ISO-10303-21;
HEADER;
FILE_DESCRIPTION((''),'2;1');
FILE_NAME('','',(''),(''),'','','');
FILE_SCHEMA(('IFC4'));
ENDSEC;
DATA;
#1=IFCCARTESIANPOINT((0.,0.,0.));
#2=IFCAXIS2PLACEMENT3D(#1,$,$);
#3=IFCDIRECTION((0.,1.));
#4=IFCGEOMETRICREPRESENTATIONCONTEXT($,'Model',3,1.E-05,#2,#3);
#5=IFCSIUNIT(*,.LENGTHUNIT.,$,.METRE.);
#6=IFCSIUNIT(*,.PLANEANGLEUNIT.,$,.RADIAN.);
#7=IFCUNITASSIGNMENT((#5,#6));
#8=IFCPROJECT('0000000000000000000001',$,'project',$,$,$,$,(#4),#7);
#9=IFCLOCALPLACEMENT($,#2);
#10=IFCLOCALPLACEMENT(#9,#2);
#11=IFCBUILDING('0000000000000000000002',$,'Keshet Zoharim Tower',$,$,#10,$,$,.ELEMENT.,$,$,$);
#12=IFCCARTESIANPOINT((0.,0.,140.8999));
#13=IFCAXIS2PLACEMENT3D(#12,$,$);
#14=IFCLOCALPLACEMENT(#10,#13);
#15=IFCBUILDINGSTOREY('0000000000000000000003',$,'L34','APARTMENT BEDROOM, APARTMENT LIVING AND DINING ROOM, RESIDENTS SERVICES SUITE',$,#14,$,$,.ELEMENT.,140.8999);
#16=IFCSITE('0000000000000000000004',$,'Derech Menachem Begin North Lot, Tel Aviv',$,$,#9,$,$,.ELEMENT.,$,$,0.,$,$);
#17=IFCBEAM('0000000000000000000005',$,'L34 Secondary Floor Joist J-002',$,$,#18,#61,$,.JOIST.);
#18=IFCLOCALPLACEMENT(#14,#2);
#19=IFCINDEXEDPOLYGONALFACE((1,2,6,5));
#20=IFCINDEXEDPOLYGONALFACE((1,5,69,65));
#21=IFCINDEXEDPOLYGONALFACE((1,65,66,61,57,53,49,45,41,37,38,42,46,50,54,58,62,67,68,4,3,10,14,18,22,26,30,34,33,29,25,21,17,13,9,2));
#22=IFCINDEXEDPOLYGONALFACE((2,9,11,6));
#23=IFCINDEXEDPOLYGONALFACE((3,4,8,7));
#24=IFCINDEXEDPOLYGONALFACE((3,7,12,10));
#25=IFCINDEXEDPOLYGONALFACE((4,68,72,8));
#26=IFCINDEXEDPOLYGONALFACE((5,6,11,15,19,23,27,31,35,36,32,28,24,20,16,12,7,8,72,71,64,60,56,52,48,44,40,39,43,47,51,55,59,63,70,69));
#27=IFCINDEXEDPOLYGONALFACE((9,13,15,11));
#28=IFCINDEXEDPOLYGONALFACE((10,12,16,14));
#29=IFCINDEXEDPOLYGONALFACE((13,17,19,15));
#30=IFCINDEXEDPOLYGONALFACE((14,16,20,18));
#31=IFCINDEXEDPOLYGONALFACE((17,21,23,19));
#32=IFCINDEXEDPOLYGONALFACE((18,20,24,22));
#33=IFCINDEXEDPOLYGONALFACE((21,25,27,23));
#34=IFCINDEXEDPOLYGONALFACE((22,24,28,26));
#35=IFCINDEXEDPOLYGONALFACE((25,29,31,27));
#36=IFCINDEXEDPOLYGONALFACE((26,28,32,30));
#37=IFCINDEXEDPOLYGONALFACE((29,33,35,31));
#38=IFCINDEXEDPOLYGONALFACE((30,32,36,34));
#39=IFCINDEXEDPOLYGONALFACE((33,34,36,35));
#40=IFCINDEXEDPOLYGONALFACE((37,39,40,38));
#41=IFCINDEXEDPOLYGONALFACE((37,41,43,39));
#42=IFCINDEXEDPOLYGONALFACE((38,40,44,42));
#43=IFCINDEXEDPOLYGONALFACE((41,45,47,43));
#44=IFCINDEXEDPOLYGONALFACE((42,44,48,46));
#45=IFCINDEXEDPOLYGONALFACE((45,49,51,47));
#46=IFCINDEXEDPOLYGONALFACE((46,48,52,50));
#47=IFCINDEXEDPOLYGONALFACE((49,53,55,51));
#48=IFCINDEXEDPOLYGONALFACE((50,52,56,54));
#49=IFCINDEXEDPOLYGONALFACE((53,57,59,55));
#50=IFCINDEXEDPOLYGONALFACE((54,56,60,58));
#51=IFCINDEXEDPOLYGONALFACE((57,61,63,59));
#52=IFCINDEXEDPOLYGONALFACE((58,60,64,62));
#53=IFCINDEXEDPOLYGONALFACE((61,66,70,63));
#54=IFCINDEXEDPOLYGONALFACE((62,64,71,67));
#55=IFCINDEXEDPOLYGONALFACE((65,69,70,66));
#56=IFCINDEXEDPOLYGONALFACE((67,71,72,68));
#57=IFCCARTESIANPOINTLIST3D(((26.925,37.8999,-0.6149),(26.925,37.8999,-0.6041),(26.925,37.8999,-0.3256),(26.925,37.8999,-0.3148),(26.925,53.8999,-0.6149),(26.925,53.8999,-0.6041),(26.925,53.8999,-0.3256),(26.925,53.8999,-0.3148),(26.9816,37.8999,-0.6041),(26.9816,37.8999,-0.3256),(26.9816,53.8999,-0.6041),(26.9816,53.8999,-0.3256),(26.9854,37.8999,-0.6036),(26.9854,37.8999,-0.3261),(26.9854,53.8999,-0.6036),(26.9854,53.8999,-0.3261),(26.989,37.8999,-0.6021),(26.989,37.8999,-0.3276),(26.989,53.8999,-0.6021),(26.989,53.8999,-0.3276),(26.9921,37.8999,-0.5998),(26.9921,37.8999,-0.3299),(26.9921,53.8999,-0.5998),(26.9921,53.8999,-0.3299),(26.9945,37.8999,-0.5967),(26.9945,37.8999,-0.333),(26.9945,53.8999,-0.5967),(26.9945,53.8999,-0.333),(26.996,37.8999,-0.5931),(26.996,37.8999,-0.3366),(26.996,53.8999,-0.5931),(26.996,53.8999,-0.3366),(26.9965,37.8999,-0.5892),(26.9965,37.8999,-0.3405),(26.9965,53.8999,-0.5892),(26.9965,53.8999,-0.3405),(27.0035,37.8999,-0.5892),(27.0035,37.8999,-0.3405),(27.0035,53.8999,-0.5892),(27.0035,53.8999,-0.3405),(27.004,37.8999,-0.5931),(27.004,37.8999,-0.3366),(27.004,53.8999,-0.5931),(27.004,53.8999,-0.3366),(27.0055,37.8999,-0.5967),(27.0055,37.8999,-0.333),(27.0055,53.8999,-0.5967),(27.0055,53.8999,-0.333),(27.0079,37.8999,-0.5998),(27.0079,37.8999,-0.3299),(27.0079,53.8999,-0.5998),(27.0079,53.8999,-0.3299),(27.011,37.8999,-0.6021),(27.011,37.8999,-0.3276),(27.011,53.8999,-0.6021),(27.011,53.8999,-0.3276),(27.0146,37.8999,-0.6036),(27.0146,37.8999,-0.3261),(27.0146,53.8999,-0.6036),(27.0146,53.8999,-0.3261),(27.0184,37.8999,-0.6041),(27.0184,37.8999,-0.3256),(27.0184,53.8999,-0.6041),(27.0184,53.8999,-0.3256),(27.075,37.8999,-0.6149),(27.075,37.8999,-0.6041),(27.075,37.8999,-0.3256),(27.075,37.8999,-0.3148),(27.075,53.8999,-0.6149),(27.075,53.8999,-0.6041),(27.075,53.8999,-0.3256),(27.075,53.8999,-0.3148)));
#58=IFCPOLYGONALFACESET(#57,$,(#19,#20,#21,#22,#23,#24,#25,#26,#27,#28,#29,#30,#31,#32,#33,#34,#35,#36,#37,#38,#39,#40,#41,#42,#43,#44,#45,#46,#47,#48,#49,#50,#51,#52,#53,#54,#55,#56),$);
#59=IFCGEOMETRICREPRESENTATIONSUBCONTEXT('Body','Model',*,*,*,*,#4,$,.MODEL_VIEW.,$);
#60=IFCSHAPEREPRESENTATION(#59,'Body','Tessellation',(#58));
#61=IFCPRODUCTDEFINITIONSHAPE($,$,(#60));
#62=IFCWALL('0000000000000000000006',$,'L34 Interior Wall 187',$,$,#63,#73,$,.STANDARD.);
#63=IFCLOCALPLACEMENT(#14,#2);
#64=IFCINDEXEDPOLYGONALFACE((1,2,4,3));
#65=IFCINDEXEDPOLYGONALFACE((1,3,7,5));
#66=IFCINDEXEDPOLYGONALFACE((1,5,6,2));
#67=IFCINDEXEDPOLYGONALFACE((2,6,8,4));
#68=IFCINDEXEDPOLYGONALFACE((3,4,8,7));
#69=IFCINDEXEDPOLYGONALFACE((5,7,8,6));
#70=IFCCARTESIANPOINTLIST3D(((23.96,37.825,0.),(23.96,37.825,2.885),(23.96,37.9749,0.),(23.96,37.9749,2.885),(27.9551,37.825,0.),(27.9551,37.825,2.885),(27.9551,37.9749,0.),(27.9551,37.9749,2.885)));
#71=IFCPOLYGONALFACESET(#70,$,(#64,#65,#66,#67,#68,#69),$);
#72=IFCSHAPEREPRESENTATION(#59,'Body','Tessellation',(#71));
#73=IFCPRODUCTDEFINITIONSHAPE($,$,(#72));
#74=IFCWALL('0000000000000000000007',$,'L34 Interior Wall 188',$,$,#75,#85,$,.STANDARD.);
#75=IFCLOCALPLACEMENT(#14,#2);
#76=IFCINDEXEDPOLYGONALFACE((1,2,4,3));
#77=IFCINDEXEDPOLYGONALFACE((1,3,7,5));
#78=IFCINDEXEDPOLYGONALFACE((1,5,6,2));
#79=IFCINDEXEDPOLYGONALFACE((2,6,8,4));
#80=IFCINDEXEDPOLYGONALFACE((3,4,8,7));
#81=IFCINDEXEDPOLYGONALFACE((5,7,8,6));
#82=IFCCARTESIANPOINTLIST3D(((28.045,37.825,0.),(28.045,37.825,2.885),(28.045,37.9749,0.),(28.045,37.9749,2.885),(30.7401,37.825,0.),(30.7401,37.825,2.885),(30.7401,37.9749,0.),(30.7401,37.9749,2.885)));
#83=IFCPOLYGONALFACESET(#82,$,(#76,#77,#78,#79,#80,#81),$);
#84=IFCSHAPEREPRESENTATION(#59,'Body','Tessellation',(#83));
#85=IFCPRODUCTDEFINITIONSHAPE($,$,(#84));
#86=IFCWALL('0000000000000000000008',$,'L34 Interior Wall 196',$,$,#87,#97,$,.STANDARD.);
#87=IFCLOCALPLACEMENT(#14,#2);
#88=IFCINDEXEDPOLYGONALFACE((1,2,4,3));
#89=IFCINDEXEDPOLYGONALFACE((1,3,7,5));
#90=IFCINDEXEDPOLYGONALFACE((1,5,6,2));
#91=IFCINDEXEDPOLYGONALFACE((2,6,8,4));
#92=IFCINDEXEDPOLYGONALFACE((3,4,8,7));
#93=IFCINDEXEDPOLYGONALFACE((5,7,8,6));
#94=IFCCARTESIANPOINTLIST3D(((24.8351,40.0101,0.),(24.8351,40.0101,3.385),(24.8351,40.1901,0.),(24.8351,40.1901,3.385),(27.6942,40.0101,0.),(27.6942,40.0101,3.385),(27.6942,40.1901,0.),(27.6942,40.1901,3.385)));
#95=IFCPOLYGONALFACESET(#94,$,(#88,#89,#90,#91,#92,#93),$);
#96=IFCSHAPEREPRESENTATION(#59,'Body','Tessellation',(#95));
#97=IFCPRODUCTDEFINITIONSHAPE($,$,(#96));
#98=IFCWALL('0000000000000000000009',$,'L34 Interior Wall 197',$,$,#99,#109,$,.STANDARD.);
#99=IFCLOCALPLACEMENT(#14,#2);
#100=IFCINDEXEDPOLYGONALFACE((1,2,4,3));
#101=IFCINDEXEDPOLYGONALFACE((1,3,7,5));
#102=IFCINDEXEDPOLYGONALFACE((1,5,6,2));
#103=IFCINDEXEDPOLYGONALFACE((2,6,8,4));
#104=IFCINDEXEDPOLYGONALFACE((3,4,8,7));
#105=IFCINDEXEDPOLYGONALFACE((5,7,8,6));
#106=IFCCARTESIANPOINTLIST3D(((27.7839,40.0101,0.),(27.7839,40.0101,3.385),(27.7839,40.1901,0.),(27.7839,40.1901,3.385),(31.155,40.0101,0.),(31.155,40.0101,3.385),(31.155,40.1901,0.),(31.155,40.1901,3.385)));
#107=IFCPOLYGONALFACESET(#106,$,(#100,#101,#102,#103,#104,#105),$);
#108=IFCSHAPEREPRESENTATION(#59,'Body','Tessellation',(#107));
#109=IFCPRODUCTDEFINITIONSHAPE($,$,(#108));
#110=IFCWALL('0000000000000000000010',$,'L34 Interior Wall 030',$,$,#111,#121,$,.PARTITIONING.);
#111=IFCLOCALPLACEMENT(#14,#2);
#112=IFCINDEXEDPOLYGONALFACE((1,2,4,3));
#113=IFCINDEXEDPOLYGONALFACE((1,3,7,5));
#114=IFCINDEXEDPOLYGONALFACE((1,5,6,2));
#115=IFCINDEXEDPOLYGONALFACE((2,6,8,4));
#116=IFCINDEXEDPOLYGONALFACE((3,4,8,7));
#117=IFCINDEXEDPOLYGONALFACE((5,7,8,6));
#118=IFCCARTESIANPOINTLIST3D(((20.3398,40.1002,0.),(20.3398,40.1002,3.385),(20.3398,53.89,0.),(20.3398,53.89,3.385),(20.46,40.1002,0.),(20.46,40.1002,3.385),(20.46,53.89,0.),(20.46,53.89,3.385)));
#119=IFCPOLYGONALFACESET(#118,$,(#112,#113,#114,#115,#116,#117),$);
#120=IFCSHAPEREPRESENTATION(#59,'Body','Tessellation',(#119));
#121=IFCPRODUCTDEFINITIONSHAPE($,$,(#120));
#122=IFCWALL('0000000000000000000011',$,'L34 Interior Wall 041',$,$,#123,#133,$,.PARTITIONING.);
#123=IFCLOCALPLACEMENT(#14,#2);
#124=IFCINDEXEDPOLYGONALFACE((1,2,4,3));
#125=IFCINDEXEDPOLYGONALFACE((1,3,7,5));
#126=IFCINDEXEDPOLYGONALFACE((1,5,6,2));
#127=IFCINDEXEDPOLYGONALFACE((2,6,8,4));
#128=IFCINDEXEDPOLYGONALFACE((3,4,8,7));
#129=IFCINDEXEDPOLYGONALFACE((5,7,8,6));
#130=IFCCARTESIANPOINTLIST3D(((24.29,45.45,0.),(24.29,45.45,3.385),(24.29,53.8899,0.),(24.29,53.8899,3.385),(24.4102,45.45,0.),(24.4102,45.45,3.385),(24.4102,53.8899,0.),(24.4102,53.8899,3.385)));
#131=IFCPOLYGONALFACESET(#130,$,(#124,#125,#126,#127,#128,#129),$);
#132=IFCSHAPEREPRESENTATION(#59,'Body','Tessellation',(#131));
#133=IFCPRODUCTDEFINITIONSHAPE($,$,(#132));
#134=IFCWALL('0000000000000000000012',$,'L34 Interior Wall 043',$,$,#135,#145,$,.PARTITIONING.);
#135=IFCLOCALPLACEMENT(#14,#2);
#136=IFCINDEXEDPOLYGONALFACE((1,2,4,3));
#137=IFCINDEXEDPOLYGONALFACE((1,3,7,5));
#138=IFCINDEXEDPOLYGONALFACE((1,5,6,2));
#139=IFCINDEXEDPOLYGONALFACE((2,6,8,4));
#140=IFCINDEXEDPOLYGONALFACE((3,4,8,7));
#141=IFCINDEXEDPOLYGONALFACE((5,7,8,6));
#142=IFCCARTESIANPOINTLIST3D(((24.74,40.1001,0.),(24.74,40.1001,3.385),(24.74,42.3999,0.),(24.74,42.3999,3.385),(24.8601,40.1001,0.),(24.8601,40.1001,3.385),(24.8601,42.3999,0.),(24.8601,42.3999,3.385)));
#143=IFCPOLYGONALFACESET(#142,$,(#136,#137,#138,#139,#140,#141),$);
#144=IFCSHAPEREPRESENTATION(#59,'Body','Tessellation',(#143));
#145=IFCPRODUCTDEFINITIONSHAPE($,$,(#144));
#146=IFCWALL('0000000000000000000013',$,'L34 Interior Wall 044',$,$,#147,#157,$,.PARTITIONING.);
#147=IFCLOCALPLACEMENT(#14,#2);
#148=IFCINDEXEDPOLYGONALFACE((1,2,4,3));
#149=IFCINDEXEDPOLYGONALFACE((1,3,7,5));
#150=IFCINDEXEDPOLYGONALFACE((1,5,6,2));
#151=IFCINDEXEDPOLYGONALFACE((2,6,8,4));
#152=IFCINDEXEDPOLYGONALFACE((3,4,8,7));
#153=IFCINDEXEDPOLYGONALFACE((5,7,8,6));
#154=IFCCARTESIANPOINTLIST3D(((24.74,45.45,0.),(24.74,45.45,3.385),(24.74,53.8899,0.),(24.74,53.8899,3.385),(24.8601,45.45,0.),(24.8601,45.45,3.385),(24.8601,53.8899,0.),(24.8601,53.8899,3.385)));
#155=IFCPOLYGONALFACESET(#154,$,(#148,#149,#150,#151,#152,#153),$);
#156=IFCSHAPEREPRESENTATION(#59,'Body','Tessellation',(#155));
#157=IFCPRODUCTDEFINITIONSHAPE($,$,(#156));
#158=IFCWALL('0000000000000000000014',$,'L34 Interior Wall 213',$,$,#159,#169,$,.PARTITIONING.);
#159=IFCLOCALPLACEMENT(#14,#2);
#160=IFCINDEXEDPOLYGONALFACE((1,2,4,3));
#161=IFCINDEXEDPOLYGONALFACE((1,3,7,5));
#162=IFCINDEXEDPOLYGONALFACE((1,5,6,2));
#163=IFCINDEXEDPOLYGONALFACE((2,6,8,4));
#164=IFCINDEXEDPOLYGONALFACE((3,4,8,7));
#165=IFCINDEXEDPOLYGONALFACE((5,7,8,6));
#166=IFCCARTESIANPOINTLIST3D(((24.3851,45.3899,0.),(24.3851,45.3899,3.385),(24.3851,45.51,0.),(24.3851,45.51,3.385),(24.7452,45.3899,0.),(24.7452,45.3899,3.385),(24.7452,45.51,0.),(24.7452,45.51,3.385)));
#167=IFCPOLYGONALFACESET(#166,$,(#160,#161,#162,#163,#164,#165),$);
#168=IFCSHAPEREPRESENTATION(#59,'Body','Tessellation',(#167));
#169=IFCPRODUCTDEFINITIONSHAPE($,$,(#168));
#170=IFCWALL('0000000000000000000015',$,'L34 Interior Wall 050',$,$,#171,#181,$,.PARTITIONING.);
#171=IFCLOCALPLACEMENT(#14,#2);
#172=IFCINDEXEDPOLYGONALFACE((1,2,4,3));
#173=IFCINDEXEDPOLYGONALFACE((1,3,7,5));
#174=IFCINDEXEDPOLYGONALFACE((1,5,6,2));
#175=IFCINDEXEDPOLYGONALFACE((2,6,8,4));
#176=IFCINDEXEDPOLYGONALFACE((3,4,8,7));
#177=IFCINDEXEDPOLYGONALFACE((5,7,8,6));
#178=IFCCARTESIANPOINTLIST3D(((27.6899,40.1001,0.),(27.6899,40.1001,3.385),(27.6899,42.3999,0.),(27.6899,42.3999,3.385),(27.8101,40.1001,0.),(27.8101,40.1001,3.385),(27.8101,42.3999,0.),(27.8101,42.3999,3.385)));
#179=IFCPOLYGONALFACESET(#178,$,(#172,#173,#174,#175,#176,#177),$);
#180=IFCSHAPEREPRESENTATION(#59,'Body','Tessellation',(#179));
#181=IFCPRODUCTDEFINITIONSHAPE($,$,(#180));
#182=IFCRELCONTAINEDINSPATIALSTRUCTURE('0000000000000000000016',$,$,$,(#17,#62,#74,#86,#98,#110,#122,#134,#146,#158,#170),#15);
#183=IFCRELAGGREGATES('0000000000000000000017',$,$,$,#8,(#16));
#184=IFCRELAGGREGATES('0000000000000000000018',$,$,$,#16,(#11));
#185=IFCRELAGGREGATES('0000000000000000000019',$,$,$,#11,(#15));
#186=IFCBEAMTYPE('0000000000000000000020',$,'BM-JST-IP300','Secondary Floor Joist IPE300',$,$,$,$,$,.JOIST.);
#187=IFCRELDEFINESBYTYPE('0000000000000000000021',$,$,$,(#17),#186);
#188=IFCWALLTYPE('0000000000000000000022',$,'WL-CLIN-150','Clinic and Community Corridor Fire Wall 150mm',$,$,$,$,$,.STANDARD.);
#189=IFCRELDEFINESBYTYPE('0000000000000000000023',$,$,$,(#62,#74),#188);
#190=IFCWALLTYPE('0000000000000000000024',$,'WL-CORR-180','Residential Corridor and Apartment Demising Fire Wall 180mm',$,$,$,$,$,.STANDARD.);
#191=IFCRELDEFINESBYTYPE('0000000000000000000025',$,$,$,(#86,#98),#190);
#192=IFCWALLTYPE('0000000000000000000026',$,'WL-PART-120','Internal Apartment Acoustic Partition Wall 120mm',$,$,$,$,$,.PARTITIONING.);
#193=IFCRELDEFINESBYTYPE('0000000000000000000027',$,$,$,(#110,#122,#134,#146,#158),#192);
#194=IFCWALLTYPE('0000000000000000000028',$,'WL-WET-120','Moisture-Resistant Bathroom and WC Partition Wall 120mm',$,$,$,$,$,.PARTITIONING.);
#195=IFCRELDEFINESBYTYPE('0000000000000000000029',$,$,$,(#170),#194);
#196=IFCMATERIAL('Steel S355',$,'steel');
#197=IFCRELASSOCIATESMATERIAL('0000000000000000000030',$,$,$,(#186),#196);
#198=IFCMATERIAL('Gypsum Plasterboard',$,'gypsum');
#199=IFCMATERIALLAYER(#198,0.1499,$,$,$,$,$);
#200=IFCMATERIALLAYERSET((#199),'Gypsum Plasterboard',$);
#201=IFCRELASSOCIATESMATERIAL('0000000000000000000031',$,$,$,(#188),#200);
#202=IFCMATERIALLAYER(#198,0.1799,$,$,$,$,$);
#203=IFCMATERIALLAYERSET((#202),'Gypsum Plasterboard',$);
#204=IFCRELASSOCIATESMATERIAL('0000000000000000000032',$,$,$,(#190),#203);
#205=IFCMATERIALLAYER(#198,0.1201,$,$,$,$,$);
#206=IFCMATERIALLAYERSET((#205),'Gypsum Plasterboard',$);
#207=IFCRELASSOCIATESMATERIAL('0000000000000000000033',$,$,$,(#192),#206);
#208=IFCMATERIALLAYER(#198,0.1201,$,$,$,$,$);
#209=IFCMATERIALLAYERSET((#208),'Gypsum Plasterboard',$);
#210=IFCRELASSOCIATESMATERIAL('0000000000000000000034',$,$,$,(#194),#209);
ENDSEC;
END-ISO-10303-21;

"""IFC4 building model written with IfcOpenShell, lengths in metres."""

from ifc_helpers import new_model, si_unit, direction, frame, frame_2d, origin, origin_2d, place, context, subcontext, project, spatial, rectangle, i_section, extrude, material, layer, layer_set, material_profile, profile_set, type_object, element, save


model = new_model("IFC4")

# Units and contexts
model_context = context("Model", 3, precision=1e-05, world=origin(), true_north=direction((0.0, 1.0)))
body_context = subcontext(model_context, "Body", "Model", "MODEL_VIEW")
ifc_project = project(units=[si_unit("LENGTHUNIT", "METRE"), si_unit("PLANEANGLEUNIT", "RADIAN")], contexts=[model_context])

# Site, building, storey
site_placement = place(None, origin())
site = spatial("IfcSite", under=ifc_project, at=site_placement, Name="Derech Menachem Begin North Lot, Tel Aviv", CompositionType="ELEMENT", RefElevation=0.0)
building_placement = place(site_placement, origin())
building = spatial("IfcBuilding", under=site, at=building_placement, Name="Keshet Zoharim Tower", CompositionType="ELEMENT")
storey_placement = place(building_placement, frame((0.0, 0.0, 140.8999)))
storey = spatial("IfcBuildingStorey", under=building, at=storey_placement, Name="L34", Description="APARTMENT BEDROOM, APARTMENT LIVING AND DINING ROOM, RESIDENTS SERVICES SUITE", CompositionType="ELEMENT", Elevation=140.8999)

# Beam
ifc_material_1 = material(Name="Steel S355", Category="steel")
ifc_material_profile = material_profile(ifc_material_1, i_section(OverallWidth=0.1499, OverallDepth=0.3, WebThickness=0.0071, FlangeThickness=0.0107, FilletRadius=0.0149, at=origin_2d()), Name="IPE300")
ifc_profile_set = profile_set([ifc_material_profile], Name="Steel S355")
beam_type = type_object("IfcBeamType", Name="BM-JST-IP300", Description="Secondary Floor Joist IPE300", PredefinedType="JOIST", material=ifc_profile_set)
beam_placement = place(storey_placement, frame((27.0, 37.8999, -0.4648), z_axis=(0.0, 1.0, 0.0), x_axis=(-1.0, 0.0, 0.0)))
element("IfcBeam", 1, at=beam_placement, inside=storey, type_object=beam_type, Name="L34 Secondary Floor Joist J-002", PredefinedType="JOIST", context=body_context, shape_type="SweptSolid", body=[
    extrude(i_section(OverallWidth=0.1499, OverallDepth=0.3, WebThickness=0.0071, FlangeThickness=0.0107, FilletRadius=0.0149, at=origin_2d()), origin(), (0.0, 0.0, 1.0), 16.0),
])

# Walls
ifc_material_2 = material(Name="Gypsum Plasterboard", Category="gypsum")
ifc_layer_1 = layer(ifc_material_2, 0.1499)
ifc_layer_set_1 = layer_set([ifc_layer_1], Name="Gypsum Plasterboard")
wall_type_1 = type_object("IfcWallType", Name="WL-CLIN-150", Description="Clinic and Community Corridor Fire Wall 150mm", PredefinedType="STANDARD", material=ifc_layer_set_1)
wall_1_placement = place(storey_placement, frame((23.96, 37.8999, 0.0), z_axis=(0.0, 0.0, 1.0), x_axis=(1.0, 0.0, 0.0)))
element("IfcWall", 2, at=wall_1_placement, inside=storey, type_object=wall_type_1, Name="L34 Interior Wall 187", PredefinedType="STANDARD", context=body_context, shape_type="SweptSolid", body=[
    extrude(rectangle(XDim=3.9951, YDim=0.1499, at=frame_2d((1.9976, 0.0))), origin(), (0.0, 0.0, 1.0), 2.885),
])
wall_2_placement = place(storey_placement, frame((28.0449, 37.8999, 0.0), z_axis=(0.0, 0.0, 1.0), x_axis=(1.0, 0.0, 0.0)))
element("IfcWall", 3, at=wall_2_placement, inside=storey, type_object=wall_type_1, Name="L34 Interior Wall 188", PredefinedType="STANDARD", context=body_context, shape_type="SweptSolid", body=[
    extrude(rectangle(XDim=2.6951, YDim=0.1499, at=frame_2d((1.3477, 0.0))), origin(), (0.0, 0.0, 1.0), 2.885),
])

# Shared definitions
ifc_layer_2 = layer(ifc_material_2, 0.1799)
ifc_layer_set_2 = layer_set([ifc_layer_2], Name="Gypsum Plasterboard")
wall_type_2 = type_object("IfcWallType", Name="WL-CORR-180", Description="Residential Corridor and Apartment Demising Fire Wall 180mm", PredefinedType="STANDARD", material=ifc_layer_set_2)

# Walls
wall_3_placement = place(storey_placement, frame((24.835, 40.1001, 0.0), z_axis=(0.0, 0.0, 1.0), x_axis=(1.0, 0.0, 0.0)))
element("IfcWall", 4, at=wall_3_placement, inside=storey, type_object=wall_type_2, Name="L34 Interior Wall 196", PredefinedType="STANDARD", context=body_context, shape_type="SweptSolid", body=[
    extrude(rectangle(XDim=2.8591, YDim=0.1799, at=frame_2d((1.4297, 0.0))), origin(), (0.0, 0.0, 1.0), 3.385),
])
wall_4_placement = place(storey_placement, frame((27.7839, 40.1001, 0.0), z_axis=(0.0, 0.0, 1.0), x_axis=(1.0, 0.0, 0.0)))
element("IfcWall", 5, at=wall_4_placement, inside=storey, type_object=wall_type_2, Name="L34 Interior Wall 197", PredefinedType="STANDARD", context=body_context, shape_type="SweptSolid", body=[
    extrude(rectangle(XDim=3.3711, YDim=0.1799, at=frame_2d((1.6855, 0.0))), origin(), (0.0, 0.0, 1.0), 3.385),
])
ifc_layer_3 = layer(ifc_material_2, 0.1201)
ifc_layer_set_3 = layer_set([ifc_layer_3], Name="Gypsum Plasterboard")
wall_type_3 = type_object("IfcWallType", Name="WL-PART-120", Description="Internal Apartment Acoustic Partition Wall 120mm", PredefinedType="PARTITIONING", material=ifc_layer_set_3)
wall_5_placement = place(storey_placement, frame((20.3999, 40.1001, 0.0), z_axis=(0.0, 0.0, 1.0), x_axis=(0.0, 1.0, 0.0)))
element("IfcWall", 6, at=wall_5_placement, inside=storey, type_object=wall_type_3, Name="L34 Interior Wall 030", PredefinedType="PARTITIONING", context=body_context, shape_type="SweptSolid", body=[
    extrude(rectangle(XDim=13.7898, YDim=0.1201, at=frame_2d((6.895, 0.0))), origin(), (0.0, 0.0, 1.0), 3.385),
])
wall_6_placement = place(storey_placement, frame((24.3501, 45.45, 0.0), z_axis=(0.0, 0.0, 1.0), x_axis=(0.0, 1.0, 0.0)))
element("IfcWall", 7, at=wall_6_placement, inside=storey, type_object=wall_type_3, Name="L34 Interior Wall 041", PredefinedType="PARTITIONING", context=body_context, shape_type="SweptSolid", body=[
    extrude(rectangle(XDim=8.4399, YDim=0.1201, at=frame_2d((4.22, 0.0))), origin(), (0.0, 0.0, 1.0), 3.385),
])
wall_7_placement = place(storey_placement, frame((24.8, 40.1001, 0.0), z_axis=(0.0, 0.0, 1.0), x_axis=(0.0, 1.0, 0.0)))
element("IfcWall", 8, at=wall_7_placement, inside=storey, type_object=wall_type_3, Name="L34 Interior Wall 043", PredefinedType="PARTITIONING", context=body_context, shape_type="SweptSolid", body=[
    extrude(rectangle(XDim=2.2998, YDim=0.1201, at=frame_2d((1.1499, 0.0))), origin(), (0.0, 0.0, 1.0), 3.385),
])
wall_8_placement = place(storey_placement, frame((24.8, 45.45, 0.0), z_axis=(0.0, 0.0, 1.0), x_axis=(0.0, 1.0, 0.0)))
element("IfcWall", 9, at=wall_8_placement, inside=storey, type_object=wall_type_3, Name="L34 Interior Wall 044", PredefinedType="PARTITIONING", context=body_context, shape_type="SweptSolid", body=[
    extrude(rectangle(XDim=8.4399, YDim=0.1201, at=frame_2d((4.22, 0.0))), origin(), (0.0, 0.0, 1.0), 3.385),
])

# Wall
wall_9_placement = place(storey_placement, frame((24.385, 45.45, 0.0), z_axis=(0.0, 0.0, 1.0), x_axis=(1.0, 0.0, 0.0)))
element("IfcWall", 10, at=wall_9_placement, inside=storey, type_object=wall_type_3, Name="L34 Interior Wall 213", PredefinedType="PARTITIONING", context=body_context, shape_type="SweptSolid", body=[
    extrude(rectangle(XDim=0.3601, YDim=0.1201, at=frame_2d((0.1802, 0.0))), origin(), (0.0, 0.0, 1.0), 3.385),
])

# Wall
ifc_layer_4 = layer(ifc_material_2, 0.1201)
ifc_layer_set_4 = layer_set([ifc_layer_4], Name="Gypsum Plasterboard")
wall_type_4 = type_object("IfcWallType", Name="WL-WET-120", Description="Moisture-Resistant Bathroom and WC Partition Wall 120mm", PredefinedType="PARTITIONING", material=ifc_layer_set_4)
wall_10_placement = place(storey_placement, frame((27.75, 40.1001, 0.0), z_axis=(0.0, 0.0, 1.0), x_axis=(0.0, 1.0, 0.0)))
element("IfcWall", 11, at=wall_10_placement, inside=storey, type_object=wall_type_4, Name="L34 Interior Wall 050", PredefinedType="PARTITIONING", context=body_context, shape_type="SweptSolid", body=[
    extrude(rectangle(XDim=2.2998, YDim=0.1201, at=frame_2d((1.1499, 0.0))), origin(), (0.0, 0.0, 1.0), 3.385),
])

save(model, "model.ifc")
